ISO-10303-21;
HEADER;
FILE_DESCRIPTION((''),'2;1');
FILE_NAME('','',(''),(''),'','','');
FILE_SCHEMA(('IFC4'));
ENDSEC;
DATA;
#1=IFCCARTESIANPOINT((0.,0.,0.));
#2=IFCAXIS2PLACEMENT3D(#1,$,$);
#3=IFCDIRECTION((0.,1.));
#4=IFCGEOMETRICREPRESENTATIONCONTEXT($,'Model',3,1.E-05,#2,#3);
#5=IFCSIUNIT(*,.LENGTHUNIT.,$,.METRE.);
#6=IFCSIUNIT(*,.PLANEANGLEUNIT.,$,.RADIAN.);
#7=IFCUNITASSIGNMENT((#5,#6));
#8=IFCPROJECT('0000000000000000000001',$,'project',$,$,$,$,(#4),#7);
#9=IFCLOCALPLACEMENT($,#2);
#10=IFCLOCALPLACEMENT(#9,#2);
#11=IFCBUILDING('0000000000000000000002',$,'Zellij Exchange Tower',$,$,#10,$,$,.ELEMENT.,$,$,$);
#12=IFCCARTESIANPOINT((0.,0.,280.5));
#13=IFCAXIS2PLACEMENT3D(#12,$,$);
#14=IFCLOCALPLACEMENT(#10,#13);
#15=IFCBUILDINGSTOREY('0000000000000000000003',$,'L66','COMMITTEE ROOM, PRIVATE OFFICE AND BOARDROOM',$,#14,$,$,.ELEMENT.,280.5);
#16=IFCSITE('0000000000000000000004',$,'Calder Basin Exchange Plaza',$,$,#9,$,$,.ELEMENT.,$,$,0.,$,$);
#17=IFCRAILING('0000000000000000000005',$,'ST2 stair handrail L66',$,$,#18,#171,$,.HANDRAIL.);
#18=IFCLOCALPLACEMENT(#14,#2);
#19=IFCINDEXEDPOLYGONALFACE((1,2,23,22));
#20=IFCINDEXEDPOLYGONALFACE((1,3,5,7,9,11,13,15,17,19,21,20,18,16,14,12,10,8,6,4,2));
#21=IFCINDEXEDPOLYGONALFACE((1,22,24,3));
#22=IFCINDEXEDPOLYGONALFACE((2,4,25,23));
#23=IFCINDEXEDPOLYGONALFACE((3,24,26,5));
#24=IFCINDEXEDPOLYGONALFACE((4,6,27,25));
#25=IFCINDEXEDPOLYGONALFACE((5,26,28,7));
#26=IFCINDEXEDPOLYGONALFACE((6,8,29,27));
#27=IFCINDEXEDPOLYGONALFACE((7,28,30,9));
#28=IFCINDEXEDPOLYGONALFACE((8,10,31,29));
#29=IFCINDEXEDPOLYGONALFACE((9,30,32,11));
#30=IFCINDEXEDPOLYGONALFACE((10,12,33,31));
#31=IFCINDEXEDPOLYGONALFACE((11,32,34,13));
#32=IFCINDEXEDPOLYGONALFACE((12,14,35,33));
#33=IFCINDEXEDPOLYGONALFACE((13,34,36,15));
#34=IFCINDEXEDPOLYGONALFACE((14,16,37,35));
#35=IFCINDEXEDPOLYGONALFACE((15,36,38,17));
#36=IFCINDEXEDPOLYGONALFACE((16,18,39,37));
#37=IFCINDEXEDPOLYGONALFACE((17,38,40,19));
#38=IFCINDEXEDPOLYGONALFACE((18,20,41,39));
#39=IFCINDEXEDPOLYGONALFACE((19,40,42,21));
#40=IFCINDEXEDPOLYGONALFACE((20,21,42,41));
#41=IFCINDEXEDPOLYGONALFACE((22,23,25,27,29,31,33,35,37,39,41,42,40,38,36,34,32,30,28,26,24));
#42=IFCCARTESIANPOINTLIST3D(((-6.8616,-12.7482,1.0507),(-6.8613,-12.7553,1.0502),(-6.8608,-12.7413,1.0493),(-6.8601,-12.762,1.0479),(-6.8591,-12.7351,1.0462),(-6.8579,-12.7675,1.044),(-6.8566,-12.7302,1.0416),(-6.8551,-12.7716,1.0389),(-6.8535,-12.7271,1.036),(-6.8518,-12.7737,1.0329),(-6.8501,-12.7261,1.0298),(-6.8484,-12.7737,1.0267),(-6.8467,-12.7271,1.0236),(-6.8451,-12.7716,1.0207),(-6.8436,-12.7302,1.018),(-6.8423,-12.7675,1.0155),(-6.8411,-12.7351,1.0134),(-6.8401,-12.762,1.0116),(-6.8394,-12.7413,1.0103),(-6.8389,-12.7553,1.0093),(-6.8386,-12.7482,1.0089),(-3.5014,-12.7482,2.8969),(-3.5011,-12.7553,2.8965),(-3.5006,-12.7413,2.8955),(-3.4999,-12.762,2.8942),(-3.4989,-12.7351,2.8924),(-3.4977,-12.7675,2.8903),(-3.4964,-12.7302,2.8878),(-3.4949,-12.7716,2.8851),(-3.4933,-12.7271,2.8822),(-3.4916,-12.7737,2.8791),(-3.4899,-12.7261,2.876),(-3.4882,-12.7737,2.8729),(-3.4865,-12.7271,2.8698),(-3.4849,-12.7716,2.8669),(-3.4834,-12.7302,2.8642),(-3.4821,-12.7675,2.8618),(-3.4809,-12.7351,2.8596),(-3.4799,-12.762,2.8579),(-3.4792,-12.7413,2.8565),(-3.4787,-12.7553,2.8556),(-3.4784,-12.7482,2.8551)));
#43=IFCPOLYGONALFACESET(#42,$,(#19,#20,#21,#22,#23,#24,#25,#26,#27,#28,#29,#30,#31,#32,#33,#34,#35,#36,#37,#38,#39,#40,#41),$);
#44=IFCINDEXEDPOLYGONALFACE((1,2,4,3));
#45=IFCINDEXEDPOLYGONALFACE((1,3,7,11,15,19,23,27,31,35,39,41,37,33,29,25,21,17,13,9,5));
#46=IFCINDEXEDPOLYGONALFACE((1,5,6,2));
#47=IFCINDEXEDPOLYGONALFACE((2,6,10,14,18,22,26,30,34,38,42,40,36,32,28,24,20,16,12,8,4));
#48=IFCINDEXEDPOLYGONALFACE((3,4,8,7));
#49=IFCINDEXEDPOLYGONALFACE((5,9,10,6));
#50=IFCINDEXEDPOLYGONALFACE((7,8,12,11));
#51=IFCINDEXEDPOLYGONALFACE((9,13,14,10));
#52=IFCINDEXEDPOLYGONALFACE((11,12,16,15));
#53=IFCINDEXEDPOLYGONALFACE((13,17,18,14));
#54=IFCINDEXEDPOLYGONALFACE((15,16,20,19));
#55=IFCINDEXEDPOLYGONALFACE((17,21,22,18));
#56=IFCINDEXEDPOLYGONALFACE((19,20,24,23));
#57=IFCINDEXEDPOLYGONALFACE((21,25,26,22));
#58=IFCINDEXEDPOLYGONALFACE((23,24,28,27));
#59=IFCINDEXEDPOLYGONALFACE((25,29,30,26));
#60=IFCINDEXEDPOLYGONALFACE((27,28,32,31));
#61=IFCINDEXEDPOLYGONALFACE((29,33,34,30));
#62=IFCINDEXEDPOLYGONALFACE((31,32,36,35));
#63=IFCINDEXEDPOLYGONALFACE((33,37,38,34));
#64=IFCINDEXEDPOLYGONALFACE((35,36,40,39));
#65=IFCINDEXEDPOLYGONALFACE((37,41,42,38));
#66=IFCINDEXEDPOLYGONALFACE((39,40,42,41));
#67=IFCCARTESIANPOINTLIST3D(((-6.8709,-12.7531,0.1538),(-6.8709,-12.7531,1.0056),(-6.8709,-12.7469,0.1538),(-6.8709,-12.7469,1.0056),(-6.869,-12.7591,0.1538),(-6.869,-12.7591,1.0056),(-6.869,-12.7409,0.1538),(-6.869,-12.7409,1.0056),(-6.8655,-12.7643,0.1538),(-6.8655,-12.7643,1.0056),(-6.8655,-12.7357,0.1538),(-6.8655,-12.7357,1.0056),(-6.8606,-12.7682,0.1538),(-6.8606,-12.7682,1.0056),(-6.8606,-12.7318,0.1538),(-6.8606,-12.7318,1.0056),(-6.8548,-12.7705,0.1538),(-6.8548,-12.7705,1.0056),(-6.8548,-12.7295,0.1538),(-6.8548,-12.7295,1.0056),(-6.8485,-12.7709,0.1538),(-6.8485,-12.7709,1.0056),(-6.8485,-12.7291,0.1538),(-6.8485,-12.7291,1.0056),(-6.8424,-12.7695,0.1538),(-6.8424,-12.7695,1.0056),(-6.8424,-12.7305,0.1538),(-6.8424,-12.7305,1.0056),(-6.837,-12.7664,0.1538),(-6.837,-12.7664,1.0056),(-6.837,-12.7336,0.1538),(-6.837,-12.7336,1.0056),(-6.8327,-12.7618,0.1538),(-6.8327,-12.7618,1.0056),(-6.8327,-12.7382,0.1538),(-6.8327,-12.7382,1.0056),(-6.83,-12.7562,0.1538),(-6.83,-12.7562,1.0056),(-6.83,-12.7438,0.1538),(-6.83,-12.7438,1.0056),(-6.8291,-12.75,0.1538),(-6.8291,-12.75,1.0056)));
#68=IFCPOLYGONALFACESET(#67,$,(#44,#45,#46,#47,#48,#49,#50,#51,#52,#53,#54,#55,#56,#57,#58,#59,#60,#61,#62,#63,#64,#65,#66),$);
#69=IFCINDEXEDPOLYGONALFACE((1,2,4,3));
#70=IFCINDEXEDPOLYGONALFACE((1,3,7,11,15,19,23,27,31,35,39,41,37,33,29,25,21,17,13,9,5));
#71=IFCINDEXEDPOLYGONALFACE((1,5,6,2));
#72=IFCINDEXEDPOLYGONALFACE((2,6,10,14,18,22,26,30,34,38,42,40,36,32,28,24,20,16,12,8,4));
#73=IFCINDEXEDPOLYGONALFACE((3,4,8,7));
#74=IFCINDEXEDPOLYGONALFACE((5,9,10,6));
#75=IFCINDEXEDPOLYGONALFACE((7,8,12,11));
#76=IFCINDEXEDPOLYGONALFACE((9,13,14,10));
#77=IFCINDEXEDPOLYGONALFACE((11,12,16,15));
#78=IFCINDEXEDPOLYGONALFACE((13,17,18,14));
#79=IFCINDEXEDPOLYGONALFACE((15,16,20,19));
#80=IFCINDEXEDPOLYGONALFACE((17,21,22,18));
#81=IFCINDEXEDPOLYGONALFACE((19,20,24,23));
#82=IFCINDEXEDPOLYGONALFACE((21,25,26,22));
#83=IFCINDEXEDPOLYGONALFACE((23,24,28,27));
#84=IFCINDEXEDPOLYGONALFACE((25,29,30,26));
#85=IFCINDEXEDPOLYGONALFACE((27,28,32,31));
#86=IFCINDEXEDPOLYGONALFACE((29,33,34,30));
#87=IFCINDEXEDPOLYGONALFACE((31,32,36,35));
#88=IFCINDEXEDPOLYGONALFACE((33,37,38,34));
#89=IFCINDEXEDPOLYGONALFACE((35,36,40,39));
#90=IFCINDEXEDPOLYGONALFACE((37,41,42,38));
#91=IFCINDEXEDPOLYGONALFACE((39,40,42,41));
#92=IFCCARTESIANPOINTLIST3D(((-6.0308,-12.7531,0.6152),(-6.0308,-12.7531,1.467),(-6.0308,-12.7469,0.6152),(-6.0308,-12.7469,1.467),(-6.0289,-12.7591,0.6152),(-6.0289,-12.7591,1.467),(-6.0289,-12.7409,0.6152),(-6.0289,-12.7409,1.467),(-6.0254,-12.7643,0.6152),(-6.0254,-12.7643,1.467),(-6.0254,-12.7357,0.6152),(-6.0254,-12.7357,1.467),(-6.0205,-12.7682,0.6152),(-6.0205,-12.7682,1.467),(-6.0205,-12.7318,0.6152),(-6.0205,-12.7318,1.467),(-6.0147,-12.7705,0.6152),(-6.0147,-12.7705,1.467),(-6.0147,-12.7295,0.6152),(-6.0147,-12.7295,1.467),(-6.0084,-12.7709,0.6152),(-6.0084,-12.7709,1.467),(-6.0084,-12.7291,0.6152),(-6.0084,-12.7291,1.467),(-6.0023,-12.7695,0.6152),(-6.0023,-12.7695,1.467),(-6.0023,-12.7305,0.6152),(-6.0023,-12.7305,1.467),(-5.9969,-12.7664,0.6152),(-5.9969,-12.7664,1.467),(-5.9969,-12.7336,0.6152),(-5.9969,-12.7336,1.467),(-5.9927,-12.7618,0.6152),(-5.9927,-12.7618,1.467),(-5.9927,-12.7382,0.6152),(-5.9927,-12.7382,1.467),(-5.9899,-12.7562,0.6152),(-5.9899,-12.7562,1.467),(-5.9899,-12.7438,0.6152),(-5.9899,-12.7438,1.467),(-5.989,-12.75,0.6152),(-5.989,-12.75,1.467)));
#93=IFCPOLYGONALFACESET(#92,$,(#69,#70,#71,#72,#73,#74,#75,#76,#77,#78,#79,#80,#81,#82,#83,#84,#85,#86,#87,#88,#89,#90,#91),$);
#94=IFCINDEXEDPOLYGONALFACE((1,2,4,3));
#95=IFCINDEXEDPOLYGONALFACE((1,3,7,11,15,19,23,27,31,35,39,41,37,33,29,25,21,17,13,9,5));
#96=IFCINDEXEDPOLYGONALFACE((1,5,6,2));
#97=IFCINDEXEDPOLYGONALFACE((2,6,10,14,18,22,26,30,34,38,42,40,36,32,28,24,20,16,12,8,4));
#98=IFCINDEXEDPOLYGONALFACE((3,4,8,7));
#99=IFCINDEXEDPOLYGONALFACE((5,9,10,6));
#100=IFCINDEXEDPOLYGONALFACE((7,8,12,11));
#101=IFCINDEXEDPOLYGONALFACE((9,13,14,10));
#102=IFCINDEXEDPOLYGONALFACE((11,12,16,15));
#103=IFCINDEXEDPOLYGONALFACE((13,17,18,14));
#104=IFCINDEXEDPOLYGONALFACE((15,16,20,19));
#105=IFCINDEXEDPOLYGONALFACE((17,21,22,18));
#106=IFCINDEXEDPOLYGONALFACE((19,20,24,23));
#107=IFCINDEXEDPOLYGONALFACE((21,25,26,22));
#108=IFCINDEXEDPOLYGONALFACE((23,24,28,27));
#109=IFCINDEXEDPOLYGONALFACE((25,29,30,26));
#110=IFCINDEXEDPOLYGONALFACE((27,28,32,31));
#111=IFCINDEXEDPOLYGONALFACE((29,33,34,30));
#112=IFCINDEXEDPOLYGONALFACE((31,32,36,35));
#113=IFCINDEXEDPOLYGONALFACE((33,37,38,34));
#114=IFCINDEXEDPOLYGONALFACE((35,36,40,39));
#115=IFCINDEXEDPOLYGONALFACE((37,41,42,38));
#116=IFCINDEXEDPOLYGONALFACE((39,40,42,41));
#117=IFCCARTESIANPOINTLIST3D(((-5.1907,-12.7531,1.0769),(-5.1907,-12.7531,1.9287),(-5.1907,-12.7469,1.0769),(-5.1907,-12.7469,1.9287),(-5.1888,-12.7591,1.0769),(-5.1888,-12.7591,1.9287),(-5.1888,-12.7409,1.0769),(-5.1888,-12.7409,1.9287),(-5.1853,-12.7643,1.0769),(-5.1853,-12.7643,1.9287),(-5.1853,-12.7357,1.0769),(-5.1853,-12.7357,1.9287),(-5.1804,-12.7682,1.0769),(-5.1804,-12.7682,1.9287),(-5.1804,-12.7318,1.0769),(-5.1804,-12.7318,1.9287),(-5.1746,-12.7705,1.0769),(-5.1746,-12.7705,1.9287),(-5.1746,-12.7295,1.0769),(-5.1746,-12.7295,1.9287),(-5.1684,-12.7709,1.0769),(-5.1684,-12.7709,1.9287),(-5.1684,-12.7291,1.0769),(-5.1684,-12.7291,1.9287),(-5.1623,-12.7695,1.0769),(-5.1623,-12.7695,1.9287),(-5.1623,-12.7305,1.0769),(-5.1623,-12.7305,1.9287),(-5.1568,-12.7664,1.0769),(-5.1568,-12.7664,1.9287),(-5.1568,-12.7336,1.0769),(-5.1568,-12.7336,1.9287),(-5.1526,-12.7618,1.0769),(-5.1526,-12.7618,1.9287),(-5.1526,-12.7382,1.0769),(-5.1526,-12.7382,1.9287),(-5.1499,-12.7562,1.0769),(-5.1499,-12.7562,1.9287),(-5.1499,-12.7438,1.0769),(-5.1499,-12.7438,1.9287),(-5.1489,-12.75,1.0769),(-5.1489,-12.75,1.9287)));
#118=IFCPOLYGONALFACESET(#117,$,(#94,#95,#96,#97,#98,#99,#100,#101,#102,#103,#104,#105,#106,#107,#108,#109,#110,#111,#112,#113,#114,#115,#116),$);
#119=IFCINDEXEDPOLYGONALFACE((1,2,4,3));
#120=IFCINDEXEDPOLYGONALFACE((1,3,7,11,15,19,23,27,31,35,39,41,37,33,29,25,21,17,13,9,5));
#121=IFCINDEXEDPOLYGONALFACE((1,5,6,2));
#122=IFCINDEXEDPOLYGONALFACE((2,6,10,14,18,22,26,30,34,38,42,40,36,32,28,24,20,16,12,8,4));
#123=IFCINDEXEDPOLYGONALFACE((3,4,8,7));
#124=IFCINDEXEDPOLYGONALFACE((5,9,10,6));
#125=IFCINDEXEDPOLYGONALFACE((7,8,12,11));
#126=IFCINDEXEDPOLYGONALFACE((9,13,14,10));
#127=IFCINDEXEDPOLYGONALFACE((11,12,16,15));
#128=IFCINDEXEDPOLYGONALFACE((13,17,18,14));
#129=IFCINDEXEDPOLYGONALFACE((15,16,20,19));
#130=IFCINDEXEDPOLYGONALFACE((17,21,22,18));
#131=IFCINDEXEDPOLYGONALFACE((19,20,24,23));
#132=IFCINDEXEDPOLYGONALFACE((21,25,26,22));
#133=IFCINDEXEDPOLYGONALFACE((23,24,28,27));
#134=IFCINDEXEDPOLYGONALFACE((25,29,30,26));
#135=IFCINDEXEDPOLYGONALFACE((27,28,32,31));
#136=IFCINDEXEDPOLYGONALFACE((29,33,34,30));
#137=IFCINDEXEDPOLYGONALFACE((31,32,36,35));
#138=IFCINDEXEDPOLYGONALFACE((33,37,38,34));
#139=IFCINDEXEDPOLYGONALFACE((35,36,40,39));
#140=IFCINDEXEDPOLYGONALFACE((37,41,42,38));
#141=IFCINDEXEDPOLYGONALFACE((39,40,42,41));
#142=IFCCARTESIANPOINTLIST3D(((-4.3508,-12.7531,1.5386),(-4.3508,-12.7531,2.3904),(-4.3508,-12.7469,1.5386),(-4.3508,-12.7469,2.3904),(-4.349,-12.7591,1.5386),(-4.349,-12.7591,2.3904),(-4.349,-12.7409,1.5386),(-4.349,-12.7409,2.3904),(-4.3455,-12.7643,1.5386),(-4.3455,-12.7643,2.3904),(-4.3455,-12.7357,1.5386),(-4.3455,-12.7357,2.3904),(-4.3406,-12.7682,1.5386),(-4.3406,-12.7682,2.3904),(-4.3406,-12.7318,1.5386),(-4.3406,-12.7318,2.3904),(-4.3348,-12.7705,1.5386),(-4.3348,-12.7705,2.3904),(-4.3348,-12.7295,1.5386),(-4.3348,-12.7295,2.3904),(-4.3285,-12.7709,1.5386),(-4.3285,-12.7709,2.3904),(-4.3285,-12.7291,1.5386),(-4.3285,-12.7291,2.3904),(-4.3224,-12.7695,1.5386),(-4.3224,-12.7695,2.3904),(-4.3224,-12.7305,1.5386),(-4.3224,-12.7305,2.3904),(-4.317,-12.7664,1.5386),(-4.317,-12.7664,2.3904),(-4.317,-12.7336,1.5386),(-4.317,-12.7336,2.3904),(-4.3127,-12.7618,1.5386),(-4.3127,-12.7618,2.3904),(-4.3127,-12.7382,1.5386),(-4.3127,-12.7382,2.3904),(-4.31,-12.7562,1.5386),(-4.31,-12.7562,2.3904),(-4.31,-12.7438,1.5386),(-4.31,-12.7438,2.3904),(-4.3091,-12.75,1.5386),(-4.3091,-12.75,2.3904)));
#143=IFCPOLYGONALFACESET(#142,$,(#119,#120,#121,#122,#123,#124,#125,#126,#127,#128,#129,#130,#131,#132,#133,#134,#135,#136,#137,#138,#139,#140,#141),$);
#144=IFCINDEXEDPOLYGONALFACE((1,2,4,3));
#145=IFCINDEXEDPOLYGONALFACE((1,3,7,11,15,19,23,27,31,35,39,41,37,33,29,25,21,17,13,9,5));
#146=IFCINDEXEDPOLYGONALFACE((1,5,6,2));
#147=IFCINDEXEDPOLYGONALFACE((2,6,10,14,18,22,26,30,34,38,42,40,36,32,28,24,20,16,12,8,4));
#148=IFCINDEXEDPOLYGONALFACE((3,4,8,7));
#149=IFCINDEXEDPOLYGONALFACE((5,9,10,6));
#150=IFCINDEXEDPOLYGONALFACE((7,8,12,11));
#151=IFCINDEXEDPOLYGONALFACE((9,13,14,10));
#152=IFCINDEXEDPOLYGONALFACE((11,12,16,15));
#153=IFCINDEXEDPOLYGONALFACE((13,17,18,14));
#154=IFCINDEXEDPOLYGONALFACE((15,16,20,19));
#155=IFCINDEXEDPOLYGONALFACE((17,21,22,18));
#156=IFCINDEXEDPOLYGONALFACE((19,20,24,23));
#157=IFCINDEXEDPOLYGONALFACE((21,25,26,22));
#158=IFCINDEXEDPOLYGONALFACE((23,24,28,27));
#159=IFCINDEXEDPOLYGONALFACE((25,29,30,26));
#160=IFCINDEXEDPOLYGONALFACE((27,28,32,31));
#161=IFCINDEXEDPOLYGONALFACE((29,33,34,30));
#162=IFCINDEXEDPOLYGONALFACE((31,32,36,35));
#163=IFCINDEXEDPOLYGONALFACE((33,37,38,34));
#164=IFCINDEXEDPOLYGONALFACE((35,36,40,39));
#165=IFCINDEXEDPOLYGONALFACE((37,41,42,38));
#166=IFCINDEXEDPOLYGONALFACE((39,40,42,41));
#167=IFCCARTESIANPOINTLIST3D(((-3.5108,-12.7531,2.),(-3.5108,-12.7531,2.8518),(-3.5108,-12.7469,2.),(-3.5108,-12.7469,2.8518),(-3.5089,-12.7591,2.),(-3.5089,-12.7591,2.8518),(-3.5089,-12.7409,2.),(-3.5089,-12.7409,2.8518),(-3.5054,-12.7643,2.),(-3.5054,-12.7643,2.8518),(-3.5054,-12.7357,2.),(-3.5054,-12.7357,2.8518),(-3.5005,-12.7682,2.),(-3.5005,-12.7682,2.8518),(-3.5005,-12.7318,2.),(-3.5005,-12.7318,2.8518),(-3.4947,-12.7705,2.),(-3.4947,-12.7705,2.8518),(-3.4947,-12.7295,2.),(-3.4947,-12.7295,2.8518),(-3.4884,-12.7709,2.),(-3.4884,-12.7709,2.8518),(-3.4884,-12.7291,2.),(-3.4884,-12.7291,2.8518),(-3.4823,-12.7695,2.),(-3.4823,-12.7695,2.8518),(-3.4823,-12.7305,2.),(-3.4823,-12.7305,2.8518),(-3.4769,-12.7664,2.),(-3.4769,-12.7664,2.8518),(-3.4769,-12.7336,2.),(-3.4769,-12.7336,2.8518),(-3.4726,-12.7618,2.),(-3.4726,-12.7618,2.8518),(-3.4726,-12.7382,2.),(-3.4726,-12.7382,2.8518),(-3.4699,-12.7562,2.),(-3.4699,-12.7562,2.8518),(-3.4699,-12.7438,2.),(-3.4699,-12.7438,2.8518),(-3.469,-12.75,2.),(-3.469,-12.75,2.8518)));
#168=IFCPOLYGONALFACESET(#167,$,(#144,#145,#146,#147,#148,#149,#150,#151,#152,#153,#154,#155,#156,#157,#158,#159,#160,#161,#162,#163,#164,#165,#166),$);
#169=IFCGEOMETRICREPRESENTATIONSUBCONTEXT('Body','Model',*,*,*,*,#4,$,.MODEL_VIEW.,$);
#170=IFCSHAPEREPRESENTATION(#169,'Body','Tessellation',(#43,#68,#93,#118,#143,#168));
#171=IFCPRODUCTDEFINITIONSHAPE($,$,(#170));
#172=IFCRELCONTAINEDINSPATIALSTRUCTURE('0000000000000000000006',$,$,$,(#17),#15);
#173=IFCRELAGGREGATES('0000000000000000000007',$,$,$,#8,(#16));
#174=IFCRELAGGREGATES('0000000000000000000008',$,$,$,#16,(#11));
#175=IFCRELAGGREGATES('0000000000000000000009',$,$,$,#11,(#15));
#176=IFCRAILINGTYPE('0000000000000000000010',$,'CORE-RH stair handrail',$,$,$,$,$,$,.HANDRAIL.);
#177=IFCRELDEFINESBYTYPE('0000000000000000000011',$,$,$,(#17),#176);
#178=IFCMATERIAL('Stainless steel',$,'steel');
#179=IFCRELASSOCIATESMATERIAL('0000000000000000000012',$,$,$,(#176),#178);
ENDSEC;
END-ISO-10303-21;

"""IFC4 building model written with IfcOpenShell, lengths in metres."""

from ifc_helpers import new_model, si_unit, direction, frame, origin, origin_2d, place, context, subcontext, project, spatial, circle, extrude, material, type_object, element, save


model = new_model("IFC4")

# Units and contexts
model_context = context("Model", 3, precision=1e-05, world=origin(), true_north=direction((0.0, 1.0)))
body_context = subcontext(model_context, "Body", "Model", "MODEL_VIEW")
ifc_project = project(units=[si_unit("LENGTHUNIT", "METRE"), si_unit("PLANEANGLEUNIT", "RADIAN")], contexts=[model_context])

# Site, building, storey
site_placement = place(None, origin())
site = spatial("IfcSite", under=ifc_project, at=site_placement, Name="Calder Basin Exchange Plaza", CompositionType="ELEMENT", RefElevation=0.0)
building_placement = place(site_placement, origin())
building = spatial("IfcBuilding", under=site, at=building_placement, Name="Zellij Exchange Tower", CompositionType="ELEMENT")
storey_placement = place(building_placement, frame((0.0, 0.0, 280.5)))
storey = spatial("IfcBuildingStorey", under=building, at=storey_placement, Name="L66", Description="COMMITTEE ROOM, PRIVATE OFFICE AND BOARDROOM", CompositionType="ELEMENT", Elevation=280.5)

# Railing
ifc_material_1 = material(Name="Stainless steel", Category="steel")
railing_type_1 = type_object("IfcRailingType", Name="CORE-RH stair handrail", PredefinedType="HANDRAIL", material=ifc_material_1)
railing_1_placement = place(storey_placement, frame((-6.8501, -12.75, 0.1538)))
element("IfcRailing", 1, at=railing_1_placement, inside=storey, type_object=railing_type_1, Name="ST2 stair handrail L66", PredefinedType="HANDRAIL", context=body_context, shape_type="SweptSolid", body=[
    extrude(circle(Radius=0.0239, at=origin_2d()), frame((0.0, 0.0, 0.876), z_axis=(0.876422, 0.0, 0.481545), x_axis=(0.0, 1.0, 0.0)), (0.0, 0.0, 1.0), 3.834),
    extrude(circle(Radius=0.021, at=origin_2d()), origin(), (0.0, 0.0, 1.0), 0.8518),
    extrude(circle(Radius=0.021, at=origin_2d()), frame((0.8401, 0.0, 0.4614)), (0.0, 0.0, 1.0), 0.8518),
    extrude(circle(Radius=0.021, at=origin_2d()), frame((1.6802, 0.0, 0.9231)), (0.0, 0.0, 1.0), 0.8518),
    extrude(circle(Radius=0.021, at=origin_2d()), frame((2.52, 0.0, 1.3848)), (0.0, 0.0, 1.0), 0.8518),
    extrude(circle(Radius=0.021, at=origin_2d()), frame((3.3601, 0.0, 1.8462)), (0.0, 0.0, 1.0), 0.8518),
])

save(model, "model.ifc")
